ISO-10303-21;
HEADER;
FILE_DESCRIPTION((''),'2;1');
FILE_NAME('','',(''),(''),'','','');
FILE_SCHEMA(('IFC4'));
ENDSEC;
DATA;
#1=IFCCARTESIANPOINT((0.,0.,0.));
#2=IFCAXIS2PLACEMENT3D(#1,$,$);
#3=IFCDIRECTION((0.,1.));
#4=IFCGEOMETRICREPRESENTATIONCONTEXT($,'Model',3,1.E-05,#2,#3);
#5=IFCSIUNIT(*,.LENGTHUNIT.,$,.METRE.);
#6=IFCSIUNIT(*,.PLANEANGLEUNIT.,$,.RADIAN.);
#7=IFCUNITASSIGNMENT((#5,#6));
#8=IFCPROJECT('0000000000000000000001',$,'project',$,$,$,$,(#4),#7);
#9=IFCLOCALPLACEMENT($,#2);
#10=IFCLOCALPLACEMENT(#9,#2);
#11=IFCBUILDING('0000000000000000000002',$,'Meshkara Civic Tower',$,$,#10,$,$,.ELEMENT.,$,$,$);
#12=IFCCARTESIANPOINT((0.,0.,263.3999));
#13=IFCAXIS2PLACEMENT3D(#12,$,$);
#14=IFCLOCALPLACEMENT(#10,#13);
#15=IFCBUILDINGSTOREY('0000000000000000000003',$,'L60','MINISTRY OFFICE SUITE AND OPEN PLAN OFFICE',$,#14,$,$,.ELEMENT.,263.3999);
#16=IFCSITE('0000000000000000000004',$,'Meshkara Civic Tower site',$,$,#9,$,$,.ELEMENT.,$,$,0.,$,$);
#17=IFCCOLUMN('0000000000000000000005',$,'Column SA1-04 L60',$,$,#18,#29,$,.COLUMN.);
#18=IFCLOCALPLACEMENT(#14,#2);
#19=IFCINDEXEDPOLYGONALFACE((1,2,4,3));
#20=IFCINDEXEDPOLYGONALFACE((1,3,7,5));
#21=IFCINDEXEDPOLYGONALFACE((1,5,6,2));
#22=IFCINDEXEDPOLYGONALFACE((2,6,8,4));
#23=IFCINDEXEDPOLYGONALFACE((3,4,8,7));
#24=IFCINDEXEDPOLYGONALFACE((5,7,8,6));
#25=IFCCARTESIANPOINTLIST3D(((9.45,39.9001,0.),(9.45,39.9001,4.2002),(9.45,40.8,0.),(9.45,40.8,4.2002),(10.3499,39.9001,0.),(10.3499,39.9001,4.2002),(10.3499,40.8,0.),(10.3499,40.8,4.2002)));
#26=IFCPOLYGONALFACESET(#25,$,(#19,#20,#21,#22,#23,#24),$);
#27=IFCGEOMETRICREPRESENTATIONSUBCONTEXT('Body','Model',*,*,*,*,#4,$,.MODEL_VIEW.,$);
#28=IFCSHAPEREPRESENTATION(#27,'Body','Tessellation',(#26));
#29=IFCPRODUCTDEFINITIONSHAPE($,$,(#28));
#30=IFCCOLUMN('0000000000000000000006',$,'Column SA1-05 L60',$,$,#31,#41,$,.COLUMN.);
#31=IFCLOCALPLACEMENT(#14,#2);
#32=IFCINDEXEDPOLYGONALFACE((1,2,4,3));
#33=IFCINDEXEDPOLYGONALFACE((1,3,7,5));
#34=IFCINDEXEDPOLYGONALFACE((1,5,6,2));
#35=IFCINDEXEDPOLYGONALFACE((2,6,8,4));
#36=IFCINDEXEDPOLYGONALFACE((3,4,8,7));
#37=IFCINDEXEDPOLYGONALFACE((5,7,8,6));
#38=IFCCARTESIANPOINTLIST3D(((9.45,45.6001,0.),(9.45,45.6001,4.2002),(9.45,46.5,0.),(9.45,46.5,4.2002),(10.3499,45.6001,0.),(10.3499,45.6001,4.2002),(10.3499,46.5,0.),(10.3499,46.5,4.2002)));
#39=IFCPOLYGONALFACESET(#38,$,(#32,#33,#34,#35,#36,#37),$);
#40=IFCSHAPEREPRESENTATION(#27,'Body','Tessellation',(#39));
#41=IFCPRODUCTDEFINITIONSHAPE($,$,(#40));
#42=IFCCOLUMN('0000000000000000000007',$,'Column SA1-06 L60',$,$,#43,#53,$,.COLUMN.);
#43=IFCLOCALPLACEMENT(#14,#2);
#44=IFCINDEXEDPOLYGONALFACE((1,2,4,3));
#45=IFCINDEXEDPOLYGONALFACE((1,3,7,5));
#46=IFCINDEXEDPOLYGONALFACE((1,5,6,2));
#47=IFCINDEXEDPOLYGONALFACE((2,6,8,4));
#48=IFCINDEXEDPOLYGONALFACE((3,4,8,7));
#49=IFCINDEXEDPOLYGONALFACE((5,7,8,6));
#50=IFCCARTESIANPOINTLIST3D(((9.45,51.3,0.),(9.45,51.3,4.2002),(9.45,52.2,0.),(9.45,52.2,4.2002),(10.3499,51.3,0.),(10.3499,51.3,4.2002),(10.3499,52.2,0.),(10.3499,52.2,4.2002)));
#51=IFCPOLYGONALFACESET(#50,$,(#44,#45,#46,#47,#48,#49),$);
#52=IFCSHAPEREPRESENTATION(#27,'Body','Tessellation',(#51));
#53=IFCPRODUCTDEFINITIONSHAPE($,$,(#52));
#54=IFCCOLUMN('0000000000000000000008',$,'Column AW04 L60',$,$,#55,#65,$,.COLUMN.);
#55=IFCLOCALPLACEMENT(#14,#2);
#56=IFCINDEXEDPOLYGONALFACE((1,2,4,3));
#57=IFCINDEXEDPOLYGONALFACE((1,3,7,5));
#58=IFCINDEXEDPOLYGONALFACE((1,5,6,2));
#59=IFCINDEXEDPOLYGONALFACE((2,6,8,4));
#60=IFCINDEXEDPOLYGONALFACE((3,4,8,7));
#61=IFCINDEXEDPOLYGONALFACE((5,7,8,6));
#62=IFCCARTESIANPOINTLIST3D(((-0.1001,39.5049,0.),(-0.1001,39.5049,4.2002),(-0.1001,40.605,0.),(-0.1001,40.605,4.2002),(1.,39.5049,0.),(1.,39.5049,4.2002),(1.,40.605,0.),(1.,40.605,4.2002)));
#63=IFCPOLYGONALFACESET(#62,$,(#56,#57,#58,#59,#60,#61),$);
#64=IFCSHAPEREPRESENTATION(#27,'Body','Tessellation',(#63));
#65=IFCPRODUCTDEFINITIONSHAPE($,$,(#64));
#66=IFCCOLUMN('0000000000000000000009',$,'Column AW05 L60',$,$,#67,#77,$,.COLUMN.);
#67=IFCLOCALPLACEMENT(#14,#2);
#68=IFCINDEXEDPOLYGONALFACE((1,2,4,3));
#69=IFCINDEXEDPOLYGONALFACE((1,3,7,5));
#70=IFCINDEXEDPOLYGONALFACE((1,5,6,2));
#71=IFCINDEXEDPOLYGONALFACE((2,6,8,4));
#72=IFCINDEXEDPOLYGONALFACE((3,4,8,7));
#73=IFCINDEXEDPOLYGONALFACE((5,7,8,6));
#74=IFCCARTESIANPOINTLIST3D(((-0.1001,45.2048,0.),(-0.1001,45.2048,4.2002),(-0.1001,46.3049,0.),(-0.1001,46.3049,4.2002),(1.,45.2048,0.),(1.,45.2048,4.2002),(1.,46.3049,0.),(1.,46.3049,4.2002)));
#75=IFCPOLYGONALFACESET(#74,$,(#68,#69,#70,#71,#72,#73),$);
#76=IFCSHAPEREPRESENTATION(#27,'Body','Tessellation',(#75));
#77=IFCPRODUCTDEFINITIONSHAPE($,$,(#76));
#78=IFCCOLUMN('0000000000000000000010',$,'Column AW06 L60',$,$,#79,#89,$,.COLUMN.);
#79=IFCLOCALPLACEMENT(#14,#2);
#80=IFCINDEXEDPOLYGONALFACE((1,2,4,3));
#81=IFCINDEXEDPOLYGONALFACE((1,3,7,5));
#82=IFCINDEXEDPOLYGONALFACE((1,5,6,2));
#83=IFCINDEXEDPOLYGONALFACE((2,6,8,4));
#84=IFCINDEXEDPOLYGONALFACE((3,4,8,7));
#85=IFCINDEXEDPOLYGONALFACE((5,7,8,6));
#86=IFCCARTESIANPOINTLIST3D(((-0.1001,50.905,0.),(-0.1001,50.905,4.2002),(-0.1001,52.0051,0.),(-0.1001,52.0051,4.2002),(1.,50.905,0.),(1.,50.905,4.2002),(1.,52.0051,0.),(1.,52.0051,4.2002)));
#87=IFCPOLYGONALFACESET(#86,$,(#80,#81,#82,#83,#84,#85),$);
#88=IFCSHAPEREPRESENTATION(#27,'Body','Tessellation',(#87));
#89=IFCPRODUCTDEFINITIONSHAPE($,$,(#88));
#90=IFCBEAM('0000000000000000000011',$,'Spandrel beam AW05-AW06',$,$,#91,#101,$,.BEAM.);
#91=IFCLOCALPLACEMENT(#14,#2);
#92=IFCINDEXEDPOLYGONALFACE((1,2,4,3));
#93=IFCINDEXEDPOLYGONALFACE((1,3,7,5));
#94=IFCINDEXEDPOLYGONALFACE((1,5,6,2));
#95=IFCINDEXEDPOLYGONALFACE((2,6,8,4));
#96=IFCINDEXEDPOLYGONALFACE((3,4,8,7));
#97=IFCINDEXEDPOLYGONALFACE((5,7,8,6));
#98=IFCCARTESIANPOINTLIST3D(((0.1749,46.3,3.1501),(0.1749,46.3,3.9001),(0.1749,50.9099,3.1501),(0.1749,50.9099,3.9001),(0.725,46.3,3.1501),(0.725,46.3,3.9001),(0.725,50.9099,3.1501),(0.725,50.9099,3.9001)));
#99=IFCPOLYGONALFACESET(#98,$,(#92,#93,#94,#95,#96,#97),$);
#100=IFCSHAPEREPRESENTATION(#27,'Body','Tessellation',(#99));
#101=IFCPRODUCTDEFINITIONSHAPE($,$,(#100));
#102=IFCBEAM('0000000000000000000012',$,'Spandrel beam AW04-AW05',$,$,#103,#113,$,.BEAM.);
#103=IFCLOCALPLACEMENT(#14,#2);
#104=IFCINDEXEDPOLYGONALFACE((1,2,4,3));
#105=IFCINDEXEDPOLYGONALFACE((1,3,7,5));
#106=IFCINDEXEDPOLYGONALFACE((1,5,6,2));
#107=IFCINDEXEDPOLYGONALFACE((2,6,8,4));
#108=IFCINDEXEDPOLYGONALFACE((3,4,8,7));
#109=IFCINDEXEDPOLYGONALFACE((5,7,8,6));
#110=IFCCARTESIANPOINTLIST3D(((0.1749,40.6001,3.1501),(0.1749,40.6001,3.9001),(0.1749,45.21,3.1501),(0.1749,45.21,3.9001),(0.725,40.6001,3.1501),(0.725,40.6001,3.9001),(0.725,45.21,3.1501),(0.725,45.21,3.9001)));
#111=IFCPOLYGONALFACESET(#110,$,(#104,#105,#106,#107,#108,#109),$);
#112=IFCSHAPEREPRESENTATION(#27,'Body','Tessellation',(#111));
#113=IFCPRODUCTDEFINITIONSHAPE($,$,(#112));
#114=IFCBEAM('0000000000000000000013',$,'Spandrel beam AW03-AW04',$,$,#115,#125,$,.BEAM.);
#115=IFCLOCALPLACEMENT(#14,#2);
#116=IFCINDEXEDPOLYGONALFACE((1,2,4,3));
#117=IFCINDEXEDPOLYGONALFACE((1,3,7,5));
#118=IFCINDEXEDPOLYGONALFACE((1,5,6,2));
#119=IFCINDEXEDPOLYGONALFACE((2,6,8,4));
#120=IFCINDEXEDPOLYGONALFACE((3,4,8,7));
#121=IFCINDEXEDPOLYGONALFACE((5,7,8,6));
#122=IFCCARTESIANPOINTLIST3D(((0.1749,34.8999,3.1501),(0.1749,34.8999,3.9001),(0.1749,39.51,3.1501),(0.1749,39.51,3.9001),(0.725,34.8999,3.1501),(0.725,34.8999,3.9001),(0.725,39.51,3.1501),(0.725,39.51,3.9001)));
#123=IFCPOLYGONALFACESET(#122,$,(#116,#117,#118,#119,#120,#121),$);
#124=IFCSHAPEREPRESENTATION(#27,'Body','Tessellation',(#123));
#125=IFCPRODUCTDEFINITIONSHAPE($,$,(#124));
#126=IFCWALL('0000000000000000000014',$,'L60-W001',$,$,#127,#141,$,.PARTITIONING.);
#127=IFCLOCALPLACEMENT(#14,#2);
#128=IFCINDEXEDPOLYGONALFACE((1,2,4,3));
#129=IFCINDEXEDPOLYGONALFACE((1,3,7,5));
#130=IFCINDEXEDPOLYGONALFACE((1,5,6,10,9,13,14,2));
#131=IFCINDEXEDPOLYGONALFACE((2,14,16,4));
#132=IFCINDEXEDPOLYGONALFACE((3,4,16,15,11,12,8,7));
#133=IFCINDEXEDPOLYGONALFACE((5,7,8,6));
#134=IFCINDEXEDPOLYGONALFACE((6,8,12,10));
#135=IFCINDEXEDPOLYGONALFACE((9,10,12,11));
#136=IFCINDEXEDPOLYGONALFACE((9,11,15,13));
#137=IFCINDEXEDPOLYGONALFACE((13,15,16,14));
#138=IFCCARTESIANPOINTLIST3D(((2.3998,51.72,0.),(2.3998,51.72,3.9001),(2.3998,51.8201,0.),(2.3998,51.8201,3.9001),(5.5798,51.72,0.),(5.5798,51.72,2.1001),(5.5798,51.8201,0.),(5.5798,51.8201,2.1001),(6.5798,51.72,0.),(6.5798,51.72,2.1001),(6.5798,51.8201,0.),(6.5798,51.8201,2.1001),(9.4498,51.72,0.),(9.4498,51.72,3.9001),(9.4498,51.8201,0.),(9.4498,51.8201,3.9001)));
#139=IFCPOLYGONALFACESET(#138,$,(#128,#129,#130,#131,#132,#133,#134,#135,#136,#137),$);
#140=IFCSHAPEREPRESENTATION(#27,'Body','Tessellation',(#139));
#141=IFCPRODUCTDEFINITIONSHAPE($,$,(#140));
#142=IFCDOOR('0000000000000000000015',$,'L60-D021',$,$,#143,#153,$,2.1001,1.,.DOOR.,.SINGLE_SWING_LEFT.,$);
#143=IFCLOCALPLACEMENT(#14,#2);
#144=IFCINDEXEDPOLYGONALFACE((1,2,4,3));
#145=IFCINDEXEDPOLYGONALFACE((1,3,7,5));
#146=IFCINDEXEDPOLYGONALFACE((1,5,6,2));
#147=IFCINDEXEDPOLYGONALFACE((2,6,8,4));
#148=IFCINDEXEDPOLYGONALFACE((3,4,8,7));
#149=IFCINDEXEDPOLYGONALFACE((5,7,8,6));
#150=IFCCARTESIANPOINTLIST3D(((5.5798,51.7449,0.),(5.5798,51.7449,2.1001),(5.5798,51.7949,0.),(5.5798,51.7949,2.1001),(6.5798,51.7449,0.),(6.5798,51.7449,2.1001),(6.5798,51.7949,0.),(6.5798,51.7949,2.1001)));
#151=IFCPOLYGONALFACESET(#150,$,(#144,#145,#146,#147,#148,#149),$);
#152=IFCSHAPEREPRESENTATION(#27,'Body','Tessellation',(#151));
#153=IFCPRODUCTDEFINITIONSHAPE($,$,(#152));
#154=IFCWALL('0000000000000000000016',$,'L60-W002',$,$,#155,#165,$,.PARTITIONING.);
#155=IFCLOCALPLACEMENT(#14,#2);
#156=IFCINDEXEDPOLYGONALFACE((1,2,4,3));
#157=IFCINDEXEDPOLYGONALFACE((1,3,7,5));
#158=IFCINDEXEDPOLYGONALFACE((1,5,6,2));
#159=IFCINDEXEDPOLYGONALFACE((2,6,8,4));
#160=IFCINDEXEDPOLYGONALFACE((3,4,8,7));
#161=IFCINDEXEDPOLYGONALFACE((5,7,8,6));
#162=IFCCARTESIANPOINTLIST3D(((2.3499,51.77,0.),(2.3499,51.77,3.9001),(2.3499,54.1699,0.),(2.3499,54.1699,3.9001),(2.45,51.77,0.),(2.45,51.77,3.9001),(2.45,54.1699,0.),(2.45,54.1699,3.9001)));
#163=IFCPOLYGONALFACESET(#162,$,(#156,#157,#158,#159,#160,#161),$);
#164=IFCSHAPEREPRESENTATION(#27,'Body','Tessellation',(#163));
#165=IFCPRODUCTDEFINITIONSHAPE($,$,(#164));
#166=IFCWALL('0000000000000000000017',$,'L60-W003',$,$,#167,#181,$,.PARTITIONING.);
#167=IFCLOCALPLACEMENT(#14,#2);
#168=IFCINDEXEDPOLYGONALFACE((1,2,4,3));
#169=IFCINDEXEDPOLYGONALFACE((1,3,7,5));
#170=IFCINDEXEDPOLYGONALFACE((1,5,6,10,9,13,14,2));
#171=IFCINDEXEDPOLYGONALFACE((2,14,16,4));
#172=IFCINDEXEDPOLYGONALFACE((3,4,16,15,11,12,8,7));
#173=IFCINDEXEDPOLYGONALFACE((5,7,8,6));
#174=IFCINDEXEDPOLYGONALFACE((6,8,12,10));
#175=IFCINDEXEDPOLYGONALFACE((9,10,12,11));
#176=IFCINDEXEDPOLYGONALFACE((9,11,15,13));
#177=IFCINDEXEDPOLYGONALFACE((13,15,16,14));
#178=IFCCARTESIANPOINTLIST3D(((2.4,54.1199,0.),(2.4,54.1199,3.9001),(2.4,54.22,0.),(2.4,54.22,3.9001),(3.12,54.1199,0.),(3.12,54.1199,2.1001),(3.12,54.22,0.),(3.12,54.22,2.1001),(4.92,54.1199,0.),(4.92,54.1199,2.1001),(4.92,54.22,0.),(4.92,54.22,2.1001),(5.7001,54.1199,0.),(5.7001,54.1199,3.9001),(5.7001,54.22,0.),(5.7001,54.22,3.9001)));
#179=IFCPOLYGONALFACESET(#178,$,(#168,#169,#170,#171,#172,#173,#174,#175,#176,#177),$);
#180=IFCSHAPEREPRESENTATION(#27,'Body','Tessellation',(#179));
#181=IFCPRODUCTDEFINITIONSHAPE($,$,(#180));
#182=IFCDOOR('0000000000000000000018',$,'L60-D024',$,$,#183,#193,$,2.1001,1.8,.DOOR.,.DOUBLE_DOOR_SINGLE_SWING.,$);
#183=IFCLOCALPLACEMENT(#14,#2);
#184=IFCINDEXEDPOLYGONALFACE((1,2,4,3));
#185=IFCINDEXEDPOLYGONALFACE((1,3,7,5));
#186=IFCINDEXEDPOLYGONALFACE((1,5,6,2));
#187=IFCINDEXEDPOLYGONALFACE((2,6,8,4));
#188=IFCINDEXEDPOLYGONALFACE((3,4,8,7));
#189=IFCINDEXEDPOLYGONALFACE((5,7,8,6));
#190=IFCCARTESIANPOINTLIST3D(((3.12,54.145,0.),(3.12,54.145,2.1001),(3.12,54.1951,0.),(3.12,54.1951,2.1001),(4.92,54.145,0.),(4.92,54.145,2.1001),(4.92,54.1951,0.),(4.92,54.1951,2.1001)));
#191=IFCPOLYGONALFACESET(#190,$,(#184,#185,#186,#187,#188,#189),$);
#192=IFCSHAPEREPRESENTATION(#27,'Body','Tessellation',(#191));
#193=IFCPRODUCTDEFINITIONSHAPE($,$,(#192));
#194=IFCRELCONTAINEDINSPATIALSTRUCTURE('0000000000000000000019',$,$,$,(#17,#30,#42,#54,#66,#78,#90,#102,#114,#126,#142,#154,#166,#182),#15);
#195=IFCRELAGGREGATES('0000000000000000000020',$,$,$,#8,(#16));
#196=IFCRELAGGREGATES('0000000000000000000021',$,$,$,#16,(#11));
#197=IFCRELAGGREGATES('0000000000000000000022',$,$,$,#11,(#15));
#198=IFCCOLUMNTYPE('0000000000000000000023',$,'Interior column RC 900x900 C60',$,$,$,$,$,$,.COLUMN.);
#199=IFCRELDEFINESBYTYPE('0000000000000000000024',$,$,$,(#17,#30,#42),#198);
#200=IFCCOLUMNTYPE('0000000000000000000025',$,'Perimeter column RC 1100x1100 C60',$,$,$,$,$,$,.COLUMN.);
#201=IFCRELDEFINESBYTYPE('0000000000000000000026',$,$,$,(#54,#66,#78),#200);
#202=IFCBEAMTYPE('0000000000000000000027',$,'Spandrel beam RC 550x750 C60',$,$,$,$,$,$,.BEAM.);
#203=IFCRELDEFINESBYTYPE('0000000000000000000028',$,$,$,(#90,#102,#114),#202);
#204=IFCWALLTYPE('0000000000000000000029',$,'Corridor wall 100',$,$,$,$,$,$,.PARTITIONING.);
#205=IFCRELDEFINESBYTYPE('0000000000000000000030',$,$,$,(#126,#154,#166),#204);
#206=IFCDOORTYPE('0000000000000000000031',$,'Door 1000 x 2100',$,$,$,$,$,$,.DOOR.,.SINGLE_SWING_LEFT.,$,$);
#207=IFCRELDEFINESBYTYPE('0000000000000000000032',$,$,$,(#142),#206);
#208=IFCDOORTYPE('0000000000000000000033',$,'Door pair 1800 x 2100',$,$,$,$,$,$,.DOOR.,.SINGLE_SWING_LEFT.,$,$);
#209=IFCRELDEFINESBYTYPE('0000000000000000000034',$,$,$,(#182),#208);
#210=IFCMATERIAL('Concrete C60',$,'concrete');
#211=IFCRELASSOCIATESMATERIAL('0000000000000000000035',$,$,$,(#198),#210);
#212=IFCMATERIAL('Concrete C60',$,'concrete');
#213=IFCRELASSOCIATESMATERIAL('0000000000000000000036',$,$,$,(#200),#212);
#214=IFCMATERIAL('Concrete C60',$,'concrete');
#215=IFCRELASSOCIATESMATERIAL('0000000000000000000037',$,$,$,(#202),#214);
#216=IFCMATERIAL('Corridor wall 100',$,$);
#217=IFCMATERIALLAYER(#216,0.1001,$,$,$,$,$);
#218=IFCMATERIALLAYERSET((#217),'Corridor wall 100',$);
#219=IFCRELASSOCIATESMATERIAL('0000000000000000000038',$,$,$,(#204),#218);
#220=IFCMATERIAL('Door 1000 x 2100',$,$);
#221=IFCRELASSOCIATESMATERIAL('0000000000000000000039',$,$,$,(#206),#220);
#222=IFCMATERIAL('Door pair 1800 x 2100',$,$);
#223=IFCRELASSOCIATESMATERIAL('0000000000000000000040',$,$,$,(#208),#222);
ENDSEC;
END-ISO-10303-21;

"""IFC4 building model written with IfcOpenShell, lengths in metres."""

from ifc_helpers import new_model, si_unit, direction, frame, frame_2d, origin, origin_2d, place, context, subcontext, project, spatial, rectangle, extrude, material, layer, layer_set, material_profile, profile_set, type_object, element, fill, save


model = new_model("IFC4")

# Units and contexts
model_context = context("Model", 3, precision=1e-05, world=origin(), true_north=direction((0.0, 1.0)))
body_context = subcontext(model_context, "Body", "Model", "MODEL_VIEW")
ifc_project = project(units=[si_unit("LENGTHUNIT", "METRE"), si_unit("PLANEANGLEUNIT", "RADIAN")], contexts=[model_context])

# Site, building, storey
site_placement = place(None, origin())
site = spatial("IfcSite", under=ifc_project, at=site_placement, Name="Meshkara Civic Tower site", CompositionType="ELEMENT", RefElevation=0.0)
building_placement = place(site_placement, origin())
building = spatial("IfcBuilding", under=site, at=building_placement, Name="Meshkara Civic Tower", CompositionType="ELEMENT")
storey_placement = place(building_placement, frame((0.0, 0.0, 263.3999)))
storey = spatial("IfcBuildingStorey", under=building, at=storey_placement, Name="L60", Description="MINISTRY OFFICE SUITE AND OPEN PLAN OFFICE", CompositionType="ELEMENT", Elevation=263.3999)

# Columns
ifc_material_1 = material(Name="Concrete C60", Category="concrete")
ifc_material_profile_1 = material_profile(ifc_material_1, rectangle(XDim=0.8999, YDim=0.8999, at=origin_2d()))
ifc_profile_set_1 = profile_set([ifc_material_profile_1], Name="Concrete C60")
column_type_1 = type_object("IfcColumnType", Name="Interior column RC 900x900 C60", PredefinedType="COLUMN", material=ifc_profile_set_1)
for number, where, z_axis, x_axis, name in (
    (1, (9.8999, 40.3501, 0.0), (0.0, 0.0, 1.0), (1.0, 0.0, 0.0), "Column SA1-04 L60"),
    (2, (9.8999, 46.05, 0.0), (0.0, 0.0, 1.0), (1.0, 0.0, 0.0), "Column SA1-05 L60"),
    (3, (9.8999, 51.75, 0.0), (0.0, 0.0, 1.0), (1.0, 0.0, 0.0), "Column SA1-06 L60"),
):
    element("IfcColumn", number, at=place(storey_placement, frame(where, z_axis=z_axis, x_axis=x_axis)), inside=storey, type_object=column_type_1, Name=name, PredefinedType="COLUMN", context=body_context, shape_type="SweptSolid", body=[
        extrude(rectangle(XDim=0.8999, YDim=0.8999, at=origin_2d()), origin(), (0.0, 0.0, 1.0), 4.2002),
    ])
ifc_material_2 = material(Name="Concrete C60", Category="concrete")
ifc_material_profile_2 = material_profile(ifc_material_2, rectangle(XDim=1.1001, YDim=1.1001, at=origin_2d()))
ifc_profile_set_2 = profile_set([ifc_material_profile_2], Name="Concrete C60")
column_type_2 = type_object("IfcColumnType", Name="Perimeter column RC 1100x1100 C60", PredefinedType="COLUMN", material=ifc_profile_set_2)
for number, where, z_axis, x_axis, name in (
    (4, (0.45, 40.0549, 0.0), (0.0, 0.0, 1.0), (1.0, 0.0, 0.0), "Column AW04 L60"),
    (5, (0.45, 45.7549, 0.0), (0.0, 0.0, 1.0), (1.0, 0.0, 0.0), "Column AW05 L60"),
    (6, (0.45, 51.4551, 0.0), (0.0, 0.0, 1.0), (1.0, 0.0, 0.0), "Column AW06 L60"),
):
    element("IfcColumn", number, at=place(storey_placement, frame(where, z_axis=z_axis, x_axis=x_axis)), inside=storey, type_object=column_type_2, Name=name, PredefinedType="COLUMN", context=body_context, shape_type="SweptSolid", body=[
        extrude(rectangle(XDim=1.1001, YDim=1.1001, at=origin_2d()), origin(), (0.0, 0.0, 1.0), 4.2002),
    ])

# Beams
ifc_material_3 = material(Name="Concrete C60", Category="concrete")
ifc_material_profile_3 = material_profile(ifc_material_3, rectangle(XDim=0.55, YDim=0.75, at=origin_2d()))
ifc_profile_set_3 = profile_set([ifc_material_profile_3], Name="Concrete C60")
beam_type = type_object("IfcBeamType", Name="Spandrel beam RC 550x750 C60", PredefinedType="BEAM", material=ifc_profile_set_3)
for number, where, z_axis, x_axis, name in (
    (7, (0.45, 50.9099, 3.5251), (0.0, -1.0, 0.0), (1.0, 0.0, 0.0), "Spandrel beam AW05-AW06"),
    (8, (0.45, 45.21, 3.5251), (0.0, -1.0, 0.0), (1.0, 0.0, 0.0), "Spandrel beam AW04-AW05"),
):
    element("IfcBeam", number, at=place(storey_placement, frame(where, z_axis=z_axis, x_axis=x_axis)), inside=storey, type_object=beam_type, Name=name, PredefinedType="BEAM", context=body_context, shape_type="SweptSolid", body=[
        extrude(rectangle(XDim=0.55, YDim=0.75, at=origin_2d()), origin(), (0.0, 0.0, 1.0), 4.6099),
    ])
beam_placement = place(storey_placement, frame((0.45, 39.51, 3.5251), z_axis=(0.0, -1.0, 0.0), x_axis=(1.0, 0.0, 0.0)))
element("IfcBeam", 9, at=beam_placement, inside=storey, type_object=beam_type, Name="Spandrel beam AW03-AW04", PredefinedType="BEAM", context=body_context, shape_type="SweptSolid", body=[
    extrude(rectangle(XDim=0.55, YDim=0.75, at=origin_2d()), origin(), (0.0, 0.0, 1.0), 4.6101),
])

# Wall, opening, door
ifc_material_4 = material(Name="Corridor wall 100")
ifc_layer_1 = layer(ifc_material_4, 0.1001)
ifc_layer_set_1 = layer_set([ifc_layer_1], Name="Corridor wall 100")
wall_type_1 = type_object("IfcWallType", Name="Corridor wall 100", PredefinedType="PARTITIONING", material=ifc_layer_set_1)
wall_1_placement = place(storey_placement, frame((2.3999, 51.77, 0.0), z_axis=(0.0, 0.0, 1.0), x_axis=(1.0, 0.0, 0.0)))
wall_1 = element("IfcWall", 10, at=wall_1_placement, inside=storey, type_object=wall_type_1, Name="L60-W001", PredefinedType="PARTITIONING", context=body_context, shape_type="SweptSolid", body=[
    extrude(rectangle(XDim=7.05, YDim=0.1001, at=frame_2d((3.5249, 0.0))), origin(), (0.0, 0.0, 1.0), 3.9001),
])
opening_1_placement = place(wall_1_placement, frame((3.1799, 0.0, 0.0)))
opening_1 = element("IfcOpeningElement", 11, at=opening_1_placement, cuts=wall_1, PredefinedType="OPENING", context=body_context, shape_type="SweptSolid", body=[
    extrude(rectangle(XDim=1.0, YDim=2.1001, at=frame_2d((0.5, 1.05))), frame((0.0, 0.0601, 0.0), z_axis=(0.0, -1.0, 0.0), x_axis=(1.0, 0.0, 0.0)), (0.0, 0.0, 1.0), 0.1201),
])
ifc_material_5 = material(Name="Door 1000 x 2100")
door_type_1 = type_object("IfcDoorType", Name="Door 1000 x 2100", OperationType="SINGLE_SWING_LEFT", PredefinedType="DOOR", material=ifc_material_5)
door_1_placement = place(opening_1_placement, origin())
door_1 = element("IfcDoor", 12, at=door_1_placement, inside=storey, type_object=door_type_1, Name="L60-D021", OperationType="SINGLE_SWING_LEFT", OverallHeight=2.1001, OverallWidth=1.0, PredefinedType="DOOR", context=body_context, shape_type="SweptSolid", body=[
    extrude(rectangle(XDim=1.0, YDim=2.1001, at=frame_2d((0.5, 1.05))), frame((0.0, 0.0249, 0.0), z_axis=(0.0, -1.0, 0.0), x_axis=(1.0, 0.0, 0.0)), (0.0, 0.0, 1.0), 0.05),
])
fill(opening_1, door_1)

# Wall
wall_2_placement = place(storey_placement, frame((2.3999, 54.1699, 0.0), z_axis=(0.0, 0.0, 1.0), x_axis=(0.0, -1.0, 0.0)))
element("IfcWall", 13, at=wall_2_placement, inside=storey, type_object=wall_type_1, Name="L60-W002", PredefinedType="PARTITIONING", context=body_context, shape_type="SweptSolid", body=[
    extrude(rectangle(XDim=2.3999, YDim=0.1001, at=frame_2d((1.2, 0.0))), origin(), (0.0, 0.0, 1.0), 3.9001),
])

# Wall, opening, door
wall_3_placement = place(storey_placement, frame((5.7, 54.1699, 0.0), z_axis=(0.0, 0.0, 1.0), x_axis=(-1.0, 0.0, 0.0)))
wall_3 = element("IfcWall", 14, at=wall_3_placement, inside=storey, type_object=wall_type_1, Name="L60-W003", PredefinedType="PARTITIONING", context=body_context, shape_type="SweptSolid", body=[
    extrude(rectangle(XDim=3.3, YDim=0.1001, at=frame_2d((1.6499, 0.0))), origin(), (0.0, 0.0, 1.0), 3.9001),
])
opening_2_placement = place(wall_3_placement, frame((0.78, 0.0, 0.0)))
opening_2 = element("IfcOpeningElement", 15, at=opening_2_placement, cuts=wall_3, PredefinedType="OPENING", context=body_context, shape_type="SweptSolid", body=[
    extrude(rectangle(XDim=1.8, YDim=2.1001, at=frame_2d((0.8999, 1.05))), frame((0.0, 0.0601, 0.0), z_axis=(0.0, -1.0, 0.0), x_axis=(1.0, 0.0, 0.0)), (0.0, 0.0, 1.0), 0.1201),
])
ifc_material_6 = material(Name="Door pair 1800 x 2100")
door_type_2 = type_object("IfcDoorType", Name="Door pair 1800 x 2100", OperationType="SINGLE_SWING_LEFT", PredefinedType="DOOR", material=ifc_material_6)
door_2_placement = place(opening_2_placement, origin())
door_2 = element("IfcDoor", 16, at=door_2_placement, inside=storey, type_object=door_type_2, Name="L60-D024", OperationType="DOUBLE_DOOR_SINGLE_SWING", OverallHeight=2.1001, OverallWidth=1.8, PredefinedType="DOOR", context=body_context, shape_type="SweptSolid", body=[
    extrude(rectangle(XDim=1.8, YDim=2.1001, at=frame_2d((0.8999, 1.05))), frame((0.0, 0.0249, 0.0), z_axis=(0.0, -1.0, 0.0), x_axis=(1.0, 0.0, 0.0)), (0.0, 0.0, 1.0), 0.05),
])
fill(opening_2, door_2)

save(model, "model.ifc")
